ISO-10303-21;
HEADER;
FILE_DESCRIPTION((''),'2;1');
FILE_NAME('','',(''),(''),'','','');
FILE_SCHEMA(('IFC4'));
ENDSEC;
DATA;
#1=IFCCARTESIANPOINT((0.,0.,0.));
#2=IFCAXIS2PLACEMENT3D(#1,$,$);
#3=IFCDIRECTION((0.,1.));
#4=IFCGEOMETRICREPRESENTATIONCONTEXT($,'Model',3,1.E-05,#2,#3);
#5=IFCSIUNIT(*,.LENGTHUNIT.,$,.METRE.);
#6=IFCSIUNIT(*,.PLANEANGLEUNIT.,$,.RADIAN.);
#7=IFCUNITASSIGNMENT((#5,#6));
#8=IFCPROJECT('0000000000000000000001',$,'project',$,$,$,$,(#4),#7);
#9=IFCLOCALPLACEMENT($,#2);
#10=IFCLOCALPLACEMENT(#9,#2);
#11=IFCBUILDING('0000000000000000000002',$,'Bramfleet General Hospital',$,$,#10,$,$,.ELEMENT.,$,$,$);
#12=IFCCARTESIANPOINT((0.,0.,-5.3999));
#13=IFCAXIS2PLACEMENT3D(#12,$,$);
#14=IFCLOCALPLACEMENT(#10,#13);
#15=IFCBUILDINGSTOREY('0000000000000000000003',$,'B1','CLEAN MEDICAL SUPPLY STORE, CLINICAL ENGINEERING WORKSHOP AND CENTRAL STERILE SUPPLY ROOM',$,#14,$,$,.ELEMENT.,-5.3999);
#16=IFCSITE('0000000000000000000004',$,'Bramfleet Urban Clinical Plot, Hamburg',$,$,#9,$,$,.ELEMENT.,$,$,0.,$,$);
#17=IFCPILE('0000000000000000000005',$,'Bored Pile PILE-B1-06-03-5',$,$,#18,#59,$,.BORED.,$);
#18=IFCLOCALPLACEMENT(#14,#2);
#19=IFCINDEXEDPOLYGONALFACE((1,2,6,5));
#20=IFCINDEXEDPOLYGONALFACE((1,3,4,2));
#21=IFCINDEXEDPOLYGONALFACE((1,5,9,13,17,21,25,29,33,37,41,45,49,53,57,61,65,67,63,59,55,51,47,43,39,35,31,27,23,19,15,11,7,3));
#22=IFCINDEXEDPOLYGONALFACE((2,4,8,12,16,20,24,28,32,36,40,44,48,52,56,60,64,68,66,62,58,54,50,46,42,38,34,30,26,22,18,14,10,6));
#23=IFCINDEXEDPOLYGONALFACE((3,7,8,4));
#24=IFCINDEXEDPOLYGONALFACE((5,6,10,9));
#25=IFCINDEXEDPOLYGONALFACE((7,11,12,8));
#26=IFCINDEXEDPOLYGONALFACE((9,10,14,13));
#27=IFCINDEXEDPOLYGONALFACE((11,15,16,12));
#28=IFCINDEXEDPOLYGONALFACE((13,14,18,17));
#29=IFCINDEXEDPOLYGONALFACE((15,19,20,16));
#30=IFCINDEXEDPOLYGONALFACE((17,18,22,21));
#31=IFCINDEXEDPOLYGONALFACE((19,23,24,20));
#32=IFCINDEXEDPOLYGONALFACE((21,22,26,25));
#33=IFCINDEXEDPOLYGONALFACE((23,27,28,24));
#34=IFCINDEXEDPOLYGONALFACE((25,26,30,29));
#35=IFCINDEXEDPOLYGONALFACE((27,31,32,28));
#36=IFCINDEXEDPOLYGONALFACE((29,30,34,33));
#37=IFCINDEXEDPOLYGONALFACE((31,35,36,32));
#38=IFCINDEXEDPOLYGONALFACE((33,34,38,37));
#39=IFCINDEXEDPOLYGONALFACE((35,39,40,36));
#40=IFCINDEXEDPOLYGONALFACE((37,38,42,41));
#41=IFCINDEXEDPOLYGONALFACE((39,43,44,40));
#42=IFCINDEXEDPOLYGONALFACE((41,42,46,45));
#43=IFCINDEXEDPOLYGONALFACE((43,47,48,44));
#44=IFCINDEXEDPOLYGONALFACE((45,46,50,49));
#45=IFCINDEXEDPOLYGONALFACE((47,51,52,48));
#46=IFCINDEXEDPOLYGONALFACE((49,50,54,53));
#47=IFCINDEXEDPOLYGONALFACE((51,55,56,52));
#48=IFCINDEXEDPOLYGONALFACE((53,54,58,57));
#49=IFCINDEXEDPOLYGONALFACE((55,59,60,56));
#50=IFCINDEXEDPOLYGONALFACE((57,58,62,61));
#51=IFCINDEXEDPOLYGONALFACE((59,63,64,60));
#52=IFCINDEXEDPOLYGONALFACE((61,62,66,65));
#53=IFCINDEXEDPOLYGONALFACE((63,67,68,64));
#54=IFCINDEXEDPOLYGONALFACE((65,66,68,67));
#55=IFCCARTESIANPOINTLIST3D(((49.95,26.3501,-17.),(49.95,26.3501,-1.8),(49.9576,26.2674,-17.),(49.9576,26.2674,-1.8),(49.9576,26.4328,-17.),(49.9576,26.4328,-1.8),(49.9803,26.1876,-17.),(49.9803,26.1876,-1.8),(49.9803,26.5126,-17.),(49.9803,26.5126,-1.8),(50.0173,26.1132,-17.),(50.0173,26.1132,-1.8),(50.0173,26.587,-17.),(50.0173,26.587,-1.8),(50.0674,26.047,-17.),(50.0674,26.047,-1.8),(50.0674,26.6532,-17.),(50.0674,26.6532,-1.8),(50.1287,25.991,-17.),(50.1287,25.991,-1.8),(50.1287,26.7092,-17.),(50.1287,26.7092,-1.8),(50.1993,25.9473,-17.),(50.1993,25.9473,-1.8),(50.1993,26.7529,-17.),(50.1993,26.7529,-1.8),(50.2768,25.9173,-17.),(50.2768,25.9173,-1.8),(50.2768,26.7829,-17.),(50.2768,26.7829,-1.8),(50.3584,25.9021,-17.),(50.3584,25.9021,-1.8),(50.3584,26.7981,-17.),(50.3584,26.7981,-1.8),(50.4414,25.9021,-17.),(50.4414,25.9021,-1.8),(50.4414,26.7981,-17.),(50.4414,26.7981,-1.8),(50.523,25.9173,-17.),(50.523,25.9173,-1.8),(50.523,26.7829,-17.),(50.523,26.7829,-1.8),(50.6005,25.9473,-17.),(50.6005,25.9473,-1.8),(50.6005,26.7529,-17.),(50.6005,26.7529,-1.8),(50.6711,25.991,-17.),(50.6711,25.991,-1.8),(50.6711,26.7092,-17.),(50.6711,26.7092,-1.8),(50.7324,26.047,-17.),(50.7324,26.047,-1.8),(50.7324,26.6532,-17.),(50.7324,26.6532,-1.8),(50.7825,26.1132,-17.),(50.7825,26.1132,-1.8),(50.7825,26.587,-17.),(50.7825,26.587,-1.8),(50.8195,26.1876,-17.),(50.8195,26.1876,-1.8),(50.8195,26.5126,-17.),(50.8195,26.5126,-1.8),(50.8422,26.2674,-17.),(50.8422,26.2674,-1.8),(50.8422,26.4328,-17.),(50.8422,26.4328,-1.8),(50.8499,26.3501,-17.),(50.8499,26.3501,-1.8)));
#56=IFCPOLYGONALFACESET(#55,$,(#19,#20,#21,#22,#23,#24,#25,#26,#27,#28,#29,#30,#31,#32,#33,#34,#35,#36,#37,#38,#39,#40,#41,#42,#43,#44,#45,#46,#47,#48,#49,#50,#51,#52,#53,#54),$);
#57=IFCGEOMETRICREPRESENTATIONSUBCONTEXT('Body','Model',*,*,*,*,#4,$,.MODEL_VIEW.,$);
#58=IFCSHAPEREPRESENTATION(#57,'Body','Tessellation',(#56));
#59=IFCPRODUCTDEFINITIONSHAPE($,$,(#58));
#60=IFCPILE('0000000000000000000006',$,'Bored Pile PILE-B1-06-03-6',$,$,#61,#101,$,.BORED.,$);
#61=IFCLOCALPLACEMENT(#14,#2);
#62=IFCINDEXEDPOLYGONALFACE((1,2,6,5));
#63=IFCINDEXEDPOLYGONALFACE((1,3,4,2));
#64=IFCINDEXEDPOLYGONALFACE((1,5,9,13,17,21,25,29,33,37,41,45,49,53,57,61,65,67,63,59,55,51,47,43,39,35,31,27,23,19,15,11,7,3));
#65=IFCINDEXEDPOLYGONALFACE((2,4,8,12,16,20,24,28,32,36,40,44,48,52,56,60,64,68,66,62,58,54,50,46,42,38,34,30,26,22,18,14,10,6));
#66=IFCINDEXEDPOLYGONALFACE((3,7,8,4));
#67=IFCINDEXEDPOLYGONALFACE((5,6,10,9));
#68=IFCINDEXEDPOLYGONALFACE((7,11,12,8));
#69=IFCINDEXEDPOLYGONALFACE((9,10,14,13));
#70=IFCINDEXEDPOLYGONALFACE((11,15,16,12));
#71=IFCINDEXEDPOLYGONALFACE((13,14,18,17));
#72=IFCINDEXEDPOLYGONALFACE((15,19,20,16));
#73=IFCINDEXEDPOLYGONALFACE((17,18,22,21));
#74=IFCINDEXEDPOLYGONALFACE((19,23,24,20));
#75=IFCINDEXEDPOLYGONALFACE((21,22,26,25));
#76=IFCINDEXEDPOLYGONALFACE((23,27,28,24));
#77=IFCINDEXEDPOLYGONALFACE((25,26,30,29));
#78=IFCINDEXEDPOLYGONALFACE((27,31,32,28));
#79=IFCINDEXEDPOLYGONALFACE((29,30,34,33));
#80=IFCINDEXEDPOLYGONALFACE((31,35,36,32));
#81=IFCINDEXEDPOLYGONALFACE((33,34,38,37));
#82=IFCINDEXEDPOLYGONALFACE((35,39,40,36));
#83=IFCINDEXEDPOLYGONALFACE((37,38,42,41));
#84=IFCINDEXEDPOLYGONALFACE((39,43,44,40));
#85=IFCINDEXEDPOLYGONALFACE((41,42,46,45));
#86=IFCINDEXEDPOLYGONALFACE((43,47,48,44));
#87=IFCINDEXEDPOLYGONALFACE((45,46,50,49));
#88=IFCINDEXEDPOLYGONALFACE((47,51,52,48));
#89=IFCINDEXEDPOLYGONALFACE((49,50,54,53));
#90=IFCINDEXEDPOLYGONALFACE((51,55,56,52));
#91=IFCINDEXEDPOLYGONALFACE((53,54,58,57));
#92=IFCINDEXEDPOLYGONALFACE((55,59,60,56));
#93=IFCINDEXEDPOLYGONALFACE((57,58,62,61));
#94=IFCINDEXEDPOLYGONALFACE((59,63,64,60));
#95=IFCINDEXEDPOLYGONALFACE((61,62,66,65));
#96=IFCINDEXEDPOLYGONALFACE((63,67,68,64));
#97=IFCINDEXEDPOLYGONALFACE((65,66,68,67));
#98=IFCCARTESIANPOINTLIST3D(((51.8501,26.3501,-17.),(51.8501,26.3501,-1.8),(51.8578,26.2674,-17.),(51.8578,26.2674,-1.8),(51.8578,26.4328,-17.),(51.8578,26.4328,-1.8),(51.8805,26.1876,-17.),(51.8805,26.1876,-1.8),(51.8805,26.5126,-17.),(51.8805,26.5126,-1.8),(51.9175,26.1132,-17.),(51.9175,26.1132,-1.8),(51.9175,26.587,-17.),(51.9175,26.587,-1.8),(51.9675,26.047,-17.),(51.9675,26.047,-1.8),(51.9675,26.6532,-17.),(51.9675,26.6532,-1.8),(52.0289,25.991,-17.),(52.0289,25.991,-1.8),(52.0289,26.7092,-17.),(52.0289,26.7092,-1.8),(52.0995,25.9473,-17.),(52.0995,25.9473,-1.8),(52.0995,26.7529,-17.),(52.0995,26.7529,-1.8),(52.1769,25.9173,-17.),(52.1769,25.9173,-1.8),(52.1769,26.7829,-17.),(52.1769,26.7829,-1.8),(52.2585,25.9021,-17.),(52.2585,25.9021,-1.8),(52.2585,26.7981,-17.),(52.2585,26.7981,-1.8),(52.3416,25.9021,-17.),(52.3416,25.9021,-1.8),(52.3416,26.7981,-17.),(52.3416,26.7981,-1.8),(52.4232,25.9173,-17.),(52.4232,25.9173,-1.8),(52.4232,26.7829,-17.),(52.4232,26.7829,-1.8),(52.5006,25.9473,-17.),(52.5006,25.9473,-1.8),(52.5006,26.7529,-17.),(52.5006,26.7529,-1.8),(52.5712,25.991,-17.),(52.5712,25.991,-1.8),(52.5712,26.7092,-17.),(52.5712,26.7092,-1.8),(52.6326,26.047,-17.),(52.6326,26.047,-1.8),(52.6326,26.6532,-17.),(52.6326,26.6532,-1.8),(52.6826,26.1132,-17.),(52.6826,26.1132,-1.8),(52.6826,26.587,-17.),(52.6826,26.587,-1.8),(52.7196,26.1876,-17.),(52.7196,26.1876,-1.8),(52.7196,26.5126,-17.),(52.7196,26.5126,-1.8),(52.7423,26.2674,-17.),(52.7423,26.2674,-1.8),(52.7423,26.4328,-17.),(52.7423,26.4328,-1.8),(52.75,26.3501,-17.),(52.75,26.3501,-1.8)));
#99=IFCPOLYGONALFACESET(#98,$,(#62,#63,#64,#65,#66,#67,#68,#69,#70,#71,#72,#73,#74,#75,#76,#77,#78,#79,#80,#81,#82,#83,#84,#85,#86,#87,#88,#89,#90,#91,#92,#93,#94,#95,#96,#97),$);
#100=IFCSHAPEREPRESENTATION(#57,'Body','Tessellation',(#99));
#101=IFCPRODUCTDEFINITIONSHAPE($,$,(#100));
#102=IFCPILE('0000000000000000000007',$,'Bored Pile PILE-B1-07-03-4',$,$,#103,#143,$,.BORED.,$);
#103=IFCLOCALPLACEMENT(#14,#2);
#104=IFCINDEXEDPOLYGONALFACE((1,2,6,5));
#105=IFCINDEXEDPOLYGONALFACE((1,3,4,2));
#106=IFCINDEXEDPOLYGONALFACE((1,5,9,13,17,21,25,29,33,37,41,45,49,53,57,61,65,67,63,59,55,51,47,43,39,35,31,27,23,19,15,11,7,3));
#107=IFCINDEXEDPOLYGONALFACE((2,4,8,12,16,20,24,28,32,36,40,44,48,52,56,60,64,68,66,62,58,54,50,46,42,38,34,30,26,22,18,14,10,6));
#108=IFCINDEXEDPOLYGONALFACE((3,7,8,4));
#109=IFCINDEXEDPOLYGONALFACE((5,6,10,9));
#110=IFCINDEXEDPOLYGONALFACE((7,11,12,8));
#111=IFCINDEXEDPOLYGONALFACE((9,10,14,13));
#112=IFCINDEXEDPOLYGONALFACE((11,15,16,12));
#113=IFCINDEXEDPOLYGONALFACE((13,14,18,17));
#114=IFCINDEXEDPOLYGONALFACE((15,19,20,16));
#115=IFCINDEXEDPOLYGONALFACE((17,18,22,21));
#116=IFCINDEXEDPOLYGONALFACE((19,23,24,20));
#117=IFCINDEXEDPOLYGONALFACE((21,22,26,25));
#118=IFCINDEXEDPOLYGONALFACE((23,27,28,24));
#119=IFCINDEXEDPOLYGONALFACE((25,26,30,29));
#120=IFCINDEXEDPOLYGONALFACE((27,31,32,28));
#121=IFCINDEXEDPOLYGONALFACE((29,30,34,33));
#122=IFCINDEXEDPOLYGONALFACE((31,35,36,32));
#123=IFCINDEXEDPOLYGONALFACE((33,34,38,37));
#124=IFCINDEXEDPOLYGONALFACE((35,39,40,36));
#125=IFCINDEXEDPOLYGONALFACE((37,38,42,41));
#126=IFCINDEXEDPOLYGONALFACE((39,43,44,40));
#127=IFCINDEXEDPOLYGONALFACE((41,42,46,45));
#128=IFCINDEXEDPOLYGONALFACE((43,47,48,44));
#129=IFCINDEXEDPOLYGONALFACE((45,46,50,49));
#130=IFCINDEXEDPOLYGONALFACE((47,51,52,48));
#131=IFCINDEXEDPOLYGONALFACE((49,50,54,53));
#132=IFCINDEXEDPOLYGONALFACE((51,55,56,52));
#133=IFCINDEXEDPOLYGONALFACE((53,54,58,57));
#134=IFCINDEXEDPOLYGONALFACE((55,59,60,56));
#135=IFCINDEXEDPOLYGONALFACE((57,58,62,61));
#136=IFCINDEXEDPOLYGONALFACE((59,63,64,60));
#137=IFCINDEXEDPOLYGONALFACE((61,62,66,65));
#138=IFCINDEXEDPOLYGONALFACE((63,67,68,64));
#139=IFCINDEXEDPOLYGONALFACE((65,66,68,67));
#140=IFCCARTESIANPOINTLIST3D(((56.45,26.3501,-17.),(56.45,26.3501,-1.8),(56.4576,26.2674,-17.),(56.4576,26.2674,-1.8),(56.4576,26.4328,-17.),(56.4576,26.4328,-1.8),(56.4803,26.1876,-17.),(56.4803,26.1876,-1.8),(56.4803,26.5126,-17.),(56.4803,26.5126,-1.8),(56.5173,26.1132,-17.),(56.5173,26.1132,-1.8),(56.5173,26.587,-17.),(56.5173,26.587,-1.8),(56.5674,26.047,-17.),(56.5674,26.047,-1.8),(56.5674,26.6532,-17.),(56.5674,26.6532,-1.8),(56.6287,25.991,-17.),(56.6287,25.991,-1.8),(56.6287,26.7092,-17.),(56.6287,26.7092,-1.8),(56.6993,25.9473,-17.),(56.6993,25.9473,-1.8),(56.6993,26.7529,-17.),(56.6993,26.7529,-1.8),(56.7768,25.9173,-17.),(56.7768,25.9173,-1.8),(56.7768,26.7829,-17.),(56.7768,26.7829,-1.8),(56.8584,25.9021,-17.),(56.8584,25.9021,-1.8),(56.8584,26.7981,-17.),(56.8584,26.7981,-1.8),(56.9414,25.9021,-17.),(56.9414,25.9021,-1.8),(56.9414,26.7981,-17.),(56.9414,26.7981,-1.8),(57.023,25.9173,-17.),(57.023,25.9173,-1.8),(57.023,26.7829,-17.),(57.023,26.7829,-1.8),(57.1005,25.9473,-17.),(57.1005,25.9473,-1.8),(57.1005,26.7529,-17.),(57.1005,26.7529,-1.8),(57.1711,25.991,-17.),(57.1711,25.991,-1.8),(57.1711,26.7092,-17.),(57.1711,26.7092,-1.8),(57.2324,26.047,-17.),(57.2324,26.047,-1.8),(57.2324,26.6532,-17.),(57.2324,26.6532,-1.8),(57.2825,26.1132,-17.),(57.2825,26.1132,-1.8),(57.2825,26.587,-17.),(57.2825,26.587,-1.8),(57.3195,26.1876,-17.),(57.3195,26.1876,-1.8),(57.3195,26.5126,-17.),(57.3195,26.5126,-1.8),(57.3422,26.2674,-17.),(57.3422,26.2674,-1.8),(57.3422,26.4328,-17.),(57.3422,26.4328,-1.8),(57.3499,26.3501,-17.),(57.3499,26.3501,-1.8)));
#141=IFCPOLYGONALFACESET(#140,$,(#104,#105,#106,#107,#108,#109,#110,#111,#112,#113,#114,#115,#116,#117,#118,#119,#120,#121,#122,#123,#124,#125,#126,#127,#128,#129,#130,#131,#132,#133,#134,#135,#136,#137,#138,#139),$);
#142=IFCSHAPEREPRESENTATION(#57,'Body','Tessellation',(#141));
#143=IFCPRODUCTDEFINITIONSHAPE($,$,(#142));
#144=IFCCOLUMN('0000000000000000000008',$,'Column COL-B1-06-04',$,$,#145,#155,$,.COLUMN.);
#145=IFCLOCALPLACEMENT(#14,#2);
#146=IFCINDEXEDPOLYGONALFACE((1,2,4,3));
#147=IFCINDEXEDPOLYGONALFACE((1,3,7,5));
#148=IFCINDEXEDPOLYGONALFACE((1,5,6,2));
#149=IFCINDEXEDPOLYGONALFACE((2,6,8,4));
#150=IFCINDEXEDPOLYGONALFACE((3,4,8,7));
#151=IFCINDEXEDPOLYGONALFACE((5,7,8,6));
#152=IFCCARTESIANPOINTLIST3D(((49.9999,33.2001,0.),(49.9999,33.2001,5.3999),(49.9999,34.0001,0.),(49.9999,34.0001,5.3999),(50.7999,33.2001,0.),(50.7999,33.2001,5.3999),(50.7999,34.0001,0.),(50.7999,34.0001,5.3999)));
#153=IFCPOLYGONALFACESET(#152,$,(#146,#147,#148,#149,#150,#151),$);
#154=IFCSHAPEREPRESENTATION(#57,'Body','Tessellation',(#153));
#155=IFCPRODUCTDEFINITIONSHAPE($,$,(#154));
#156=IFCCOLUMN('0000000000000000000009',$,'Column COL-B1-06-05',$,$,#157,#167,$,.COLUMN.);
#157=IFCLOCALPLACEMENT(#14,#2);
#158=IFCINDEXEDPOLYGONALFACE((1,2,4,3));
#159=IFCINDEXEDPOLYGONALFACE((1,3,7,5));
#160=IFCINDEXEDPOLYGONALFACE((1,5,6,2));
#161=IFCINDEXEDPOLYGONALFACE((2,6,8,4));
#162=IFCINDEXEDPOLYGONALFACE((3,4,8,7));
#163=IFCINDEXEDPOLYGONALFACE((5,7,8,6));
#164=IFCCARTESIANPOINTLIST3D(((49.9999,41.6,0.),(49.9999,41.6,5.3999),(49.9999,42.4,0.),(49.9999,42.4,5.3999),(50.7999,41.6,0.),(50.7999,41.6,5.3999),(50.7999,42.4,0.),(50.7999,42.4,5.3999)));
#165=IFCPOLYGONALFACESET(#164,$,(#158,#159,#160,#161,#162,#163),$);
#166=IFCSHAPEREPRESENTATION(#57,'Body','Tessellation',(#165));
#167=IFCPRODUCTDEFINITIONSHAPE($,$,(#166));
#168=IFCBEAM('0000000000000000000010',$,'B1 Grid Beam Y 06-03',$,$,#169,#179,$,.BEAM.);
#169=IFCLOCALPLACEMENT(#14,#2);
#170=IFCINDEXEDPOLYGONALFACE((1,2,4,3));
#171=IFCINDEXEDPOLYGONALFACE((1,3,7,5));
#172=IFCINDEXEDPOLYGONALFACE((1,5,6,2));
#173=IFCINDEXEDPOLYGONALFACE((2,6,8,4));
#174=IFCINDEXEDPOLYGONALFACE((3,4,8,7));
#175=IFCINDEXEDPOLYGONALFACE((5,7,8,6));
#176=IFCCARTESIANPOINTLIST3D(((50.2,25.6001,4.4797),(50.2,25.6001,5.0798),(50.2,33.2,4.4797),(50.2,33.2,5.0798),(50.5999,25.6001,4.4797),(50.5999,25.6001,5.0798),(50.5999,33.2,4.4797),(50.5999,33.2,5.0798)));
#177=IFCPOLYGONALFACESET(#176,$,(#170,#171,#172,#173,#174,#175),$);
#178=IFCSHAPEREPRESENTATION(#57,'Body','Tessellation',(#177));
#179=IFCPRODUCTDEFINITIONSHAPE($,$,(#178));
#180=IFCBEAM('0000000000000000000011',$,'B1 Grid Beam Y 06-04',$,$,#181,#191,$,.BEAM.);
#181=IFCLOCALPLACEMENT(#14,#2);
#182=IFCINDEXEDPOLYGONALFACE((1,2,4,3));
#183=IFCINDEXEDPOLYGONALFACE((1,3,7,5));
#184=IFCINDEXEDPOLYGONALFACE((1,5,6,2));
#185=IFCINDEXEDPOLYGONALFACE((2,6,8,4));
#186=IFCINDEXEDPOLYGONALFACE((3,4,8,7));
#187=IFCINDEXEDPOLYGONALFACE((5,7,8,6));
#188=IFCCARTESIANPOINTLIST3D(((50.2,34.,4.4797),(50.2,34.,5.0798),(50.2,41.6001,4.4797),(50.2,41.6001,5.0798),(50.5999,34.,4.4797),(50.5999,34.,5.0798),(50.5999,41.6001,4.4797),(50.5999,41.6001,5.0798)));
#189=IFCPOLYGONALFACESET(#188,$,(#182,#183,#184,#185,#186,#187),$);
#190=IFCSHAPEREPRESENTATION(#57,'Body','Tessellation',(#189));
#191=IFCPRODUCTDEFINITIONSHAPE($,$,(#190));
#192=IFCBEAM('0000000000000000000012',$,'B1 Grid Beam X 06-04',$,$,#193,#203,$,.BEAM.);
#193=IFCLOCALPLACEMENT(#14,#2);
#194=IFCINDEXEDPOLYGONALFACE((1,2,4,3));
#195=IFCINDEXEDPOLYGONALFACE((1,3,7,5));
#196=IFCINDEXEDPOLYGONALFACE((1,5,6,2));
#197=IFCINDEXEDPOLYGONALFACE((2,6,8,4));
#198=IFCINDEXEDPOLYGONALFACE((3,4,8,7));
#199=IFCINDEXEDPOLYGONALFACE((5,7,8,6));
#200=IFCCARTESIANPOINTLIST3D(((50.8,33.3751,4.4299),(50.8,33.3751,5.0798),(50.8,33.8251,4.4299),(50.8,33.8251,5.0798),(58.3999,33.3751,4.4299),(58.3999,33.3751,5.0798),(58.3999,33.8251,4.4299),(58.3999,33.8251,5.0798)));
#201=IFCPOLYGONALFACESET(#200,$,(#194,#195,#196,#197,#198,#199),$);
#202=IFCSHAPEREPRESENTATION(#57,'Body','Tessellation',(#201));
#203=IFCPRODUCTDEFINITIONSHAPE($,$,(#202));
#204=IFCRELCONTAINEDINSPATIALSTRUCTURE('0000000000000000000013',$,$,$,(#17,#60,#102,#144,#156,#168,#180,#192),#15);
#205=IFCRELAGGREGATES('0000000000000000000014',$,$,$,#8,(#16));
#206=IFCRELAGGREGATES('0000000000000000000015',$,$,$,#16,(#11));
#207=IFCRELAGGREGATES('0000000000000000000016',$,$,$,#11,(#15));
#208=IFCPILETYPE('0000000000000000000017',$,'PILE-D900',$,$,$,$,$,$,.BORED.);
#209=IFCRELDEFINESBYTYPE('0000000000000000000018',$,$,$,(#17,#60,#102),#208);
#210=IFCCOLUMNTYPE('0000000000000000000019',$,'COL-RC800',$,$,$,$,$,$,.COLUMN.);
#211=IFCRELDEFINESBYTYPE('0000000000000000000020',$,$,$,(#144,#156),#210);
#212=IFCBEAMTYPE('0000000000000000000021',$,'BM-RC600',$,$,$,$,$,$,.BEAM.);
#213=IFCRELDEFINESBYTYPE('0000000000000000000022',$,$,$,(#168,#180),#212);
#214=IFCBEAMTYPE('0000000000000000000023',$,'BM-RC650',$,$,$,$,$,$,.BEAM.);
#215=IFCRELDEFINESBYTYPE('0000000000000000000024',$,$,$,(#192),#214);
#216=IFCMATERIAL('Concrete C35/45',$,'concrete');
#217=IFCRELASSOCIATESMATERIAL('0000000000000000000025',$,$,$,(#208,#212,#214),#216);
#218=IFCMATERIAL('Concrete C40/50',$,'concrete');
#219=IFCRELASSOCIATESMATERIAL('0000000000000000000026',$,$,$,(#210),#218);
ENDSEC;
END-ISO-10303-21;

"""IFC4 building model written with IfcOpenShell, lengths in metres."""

from ifc_helpers import new_model, si_unit, direction, frame, origin, origin_2d, place, context, subcontext, project, spatial, rectangle, circle, extrude, material, material_profile, profile_set, type_object, element, save


model = new_model("IFC4")

# Units and contexts
model_context = context("Model", 3, precision=1e-05, world=origin(), true_north=direction((0.0, 1.0)))
body_context = subcontext(model_context, "Body", "Model", "MODEL_VIEW")
ifc_project = project(units=[si_unit("LENGTHUNIT", "METRE"), si_unit("PLANEANGLEUNIT", "RADIAN")], contexts=[model_context])

# Site, building, storey
site_placement = place(None, origin())
site = spatial("IfcSite", under=ifc_project, at=site_placement, Name="Bramfleet Urban Clinical Plot, Hamburg", CompositionType="ELEMENT", RefElevation=0.0)
building_placement = place(site_placement, origin())
building = spatial("IfcBuilding", under=site, at=building_placement, Name="Bramfleet General Hospital", CompositionType="ELEMENT")
storey_placement = place(building_placement, frame((0.0, 0.0, -5.3999)))
storey = spatial("IfcBuildingStorey", under=building, at=storey_placement, Name="B1", Description="CLEAN MEDICAL SUPPLY STORE, CLINICAL ENGINEERING WORKSHOP AND CENTRAL STERILE SUPPLY ROOM", CompositionType="ELEMENT", Elevation=-5.3999)

# Shared definitions
ifc_material_1 = material(Name="Concrete C35/45", Category="concrete")

# Piles
ifc_material_profile_1 = material_profile(ifc_material_1, circle(Radius=0.45, at=origin_2d()), Name="PILE BORED D900")
ifc_profile_set_1 = profile_set([ifc_material_profile_1], Name="Concrete C35/45")
pile_type_1 = type_object("IfcPileType", Name="PILE-D900", PredefinedType="BORED", material=ifc_profile_set_1)
for number, where, z_axis, x_axis, name in (
    (1, (50.3999, 26.3501, -1.8), (0.0, 0.0, -1.0), (1.0, 0.0, 0.0), "Bored Pile PILE-B1-06-03-5"),
    (2, (52.3, 26.3501, -1.8), (0.0, 0.0, -1.0), (1.0, 0.0, 0.0), "Bored Pile PILE-B1-06-03-6"),
    (3, (56.8999, 26.3501, -1.8), (0.0, 0.0, -1.0), (1.0, 0.0, 0.0), "Bored Pile PILE-B1-07-03-4"),
):
    element("IfcPile", number, at=place(storey_placement, frame(where, z_axis=z_axis, x_axis=x_axis)), inside=storey, type_object=pile_type_1, Name=name, PredefinedType="BORED", context=body_context, shape_type="SweptSolid", body=[
        extrude(circle(Radius=0.45, at=origin_2d()), origin(), (0.0, 0.0, 1.0), 15.2),
    ])

# Columns
ifc_material_2 = material(Name="Concrete C40/50", Category="concrete")
ifc_material_profile_2 = material_profile(ifc_material_2, rectangle(XDim=0.8, YDim=0.8, at=origin_2d()), Name="RC COL 800x800")
ifc_profile_set_2 = profile_set([ifc_material_profile_2], Name="Concrete C40/50")
column_type = type_object("IfcColumnType", Name="COL-RC800", PredefinedType="COLUMN", material=ifc_profile_set_2)
for number, where, z_axis, x_axis, name in (
    (4, (50.3999, 33.6001, 0.0), (0.0, 0.0, 1.0), (1.0, 0.0, 0.0), "Column COL-B1-06-04"),
    (5, (50.3999, 42.0, 0.0), (0.0, 0.0, 1.0), (1.0, 0.0, 0.0), "Column COL-B1-06-05"),
):
    element("IfcColumn", number, at=place(storey_placement, frame(where, z_axis=z_axis, x_axis=x_axis)), inside=storey, type_object=column_type, Name=name, PredefinedType="COLUMN", context=body_context, shape_type="SweptSolid", body=[
        extrude(rectangle(XDim=0.8, YDim=0.8, at=origin_2d()), origin(), (0.0, 0.0, 1.0), 5.3999),
    ])

# Beams
ifc_material_profile_3 = material_profile(ifc_material_1, rectangle(XDim=0.3999, YDim=0.6001, at=origin_2d()), Name="RC BM 600x400")
ifc_profile_set_3 = profile_set([ifc_material_profile_3], Name="Concrete C35/45")
beam_type_1 = type_object("IfcBeamType", Name="BM-RC600", PredefinedType="BEAM", material=ifc_profile_set_3)
beam_1_placement = place(storey_placement, frame((50.3999, 25.6001, 4.7798), z_axis=(0.0, 1.0, 0.0), x_axis=(-1.0, 0.0, 0.0)))
element("IfcBeam", 6, at=beam_1_placement, inside=storey, type_object=beam_type_1, Name="B1 Grid Beam Y 06-03", PredefinedType="BEAM", context=body_context, shape_type="SweptSolid", body=[
    extrude(rectangle(XDim=0.3999, YDim=0.6001, at=origin_2d()), origin(), (0.0, 0.0, 1.0), 7.5999),
])
beam_2_placement = place(storey_placement, frame((50.3999, 34.0, 4.7798), z_axis=(0.0, 1.0, 0.0), x_axis=(-1.0, 0.0, 0.0)))
element("IfcBeam", 7, at=beam_2_placement, inside=storey, type_object=beam_type_1, Name="B1 Grid Beam Y 06-04", PredefinedType="BEAM", context=body_context, shape_type="SweptSolid", body=[
    extrude(rectangle(XDim=0.3999, YDim=0.6001, at=origin_2d()), origin(), (0.0, 0.0, 1.0), 7.6001),
])
ifc_material_profile_4 = material_profile(ifc_material_1, rectangle(XDim=0.45, YDim=0.6499, at=origin_2d()), Name="RC BM 650x450")
ifc_profile_set_4 = profile_set([ifc_material_profile_4], Name="Concrete C35/45")
beam_type_2 = type_object("IfcBeamType", Name="BM-RC650", PredefinedType="BEAM", material=ifc_profile_set_4)
for number, where, z_axis, x_axis, name in (
    (8, (50.8, 33.6001, 4.7549), (1.0, 0.0, 0.0), (0.0, 1.0, 0.0), "B1 Grid Beam X 06-04"),
):
    element("IfcBeam", number, at=place(storey_placement, frame(where, z_axis=z_axis, x_axis=x_axis)), inside=storey, type_object=beam_type_2, Name=name, PredefinedType="BEAM", context=body_context, shape_type="SweptSolid", body=[
        extrude(rectangle(XDim=0.45, YDim=0.6499, at=origin_2d()), origin(), (0.0, 0.0, 1.0), 7.5999),
    ])

save(model, "model.ifc")
